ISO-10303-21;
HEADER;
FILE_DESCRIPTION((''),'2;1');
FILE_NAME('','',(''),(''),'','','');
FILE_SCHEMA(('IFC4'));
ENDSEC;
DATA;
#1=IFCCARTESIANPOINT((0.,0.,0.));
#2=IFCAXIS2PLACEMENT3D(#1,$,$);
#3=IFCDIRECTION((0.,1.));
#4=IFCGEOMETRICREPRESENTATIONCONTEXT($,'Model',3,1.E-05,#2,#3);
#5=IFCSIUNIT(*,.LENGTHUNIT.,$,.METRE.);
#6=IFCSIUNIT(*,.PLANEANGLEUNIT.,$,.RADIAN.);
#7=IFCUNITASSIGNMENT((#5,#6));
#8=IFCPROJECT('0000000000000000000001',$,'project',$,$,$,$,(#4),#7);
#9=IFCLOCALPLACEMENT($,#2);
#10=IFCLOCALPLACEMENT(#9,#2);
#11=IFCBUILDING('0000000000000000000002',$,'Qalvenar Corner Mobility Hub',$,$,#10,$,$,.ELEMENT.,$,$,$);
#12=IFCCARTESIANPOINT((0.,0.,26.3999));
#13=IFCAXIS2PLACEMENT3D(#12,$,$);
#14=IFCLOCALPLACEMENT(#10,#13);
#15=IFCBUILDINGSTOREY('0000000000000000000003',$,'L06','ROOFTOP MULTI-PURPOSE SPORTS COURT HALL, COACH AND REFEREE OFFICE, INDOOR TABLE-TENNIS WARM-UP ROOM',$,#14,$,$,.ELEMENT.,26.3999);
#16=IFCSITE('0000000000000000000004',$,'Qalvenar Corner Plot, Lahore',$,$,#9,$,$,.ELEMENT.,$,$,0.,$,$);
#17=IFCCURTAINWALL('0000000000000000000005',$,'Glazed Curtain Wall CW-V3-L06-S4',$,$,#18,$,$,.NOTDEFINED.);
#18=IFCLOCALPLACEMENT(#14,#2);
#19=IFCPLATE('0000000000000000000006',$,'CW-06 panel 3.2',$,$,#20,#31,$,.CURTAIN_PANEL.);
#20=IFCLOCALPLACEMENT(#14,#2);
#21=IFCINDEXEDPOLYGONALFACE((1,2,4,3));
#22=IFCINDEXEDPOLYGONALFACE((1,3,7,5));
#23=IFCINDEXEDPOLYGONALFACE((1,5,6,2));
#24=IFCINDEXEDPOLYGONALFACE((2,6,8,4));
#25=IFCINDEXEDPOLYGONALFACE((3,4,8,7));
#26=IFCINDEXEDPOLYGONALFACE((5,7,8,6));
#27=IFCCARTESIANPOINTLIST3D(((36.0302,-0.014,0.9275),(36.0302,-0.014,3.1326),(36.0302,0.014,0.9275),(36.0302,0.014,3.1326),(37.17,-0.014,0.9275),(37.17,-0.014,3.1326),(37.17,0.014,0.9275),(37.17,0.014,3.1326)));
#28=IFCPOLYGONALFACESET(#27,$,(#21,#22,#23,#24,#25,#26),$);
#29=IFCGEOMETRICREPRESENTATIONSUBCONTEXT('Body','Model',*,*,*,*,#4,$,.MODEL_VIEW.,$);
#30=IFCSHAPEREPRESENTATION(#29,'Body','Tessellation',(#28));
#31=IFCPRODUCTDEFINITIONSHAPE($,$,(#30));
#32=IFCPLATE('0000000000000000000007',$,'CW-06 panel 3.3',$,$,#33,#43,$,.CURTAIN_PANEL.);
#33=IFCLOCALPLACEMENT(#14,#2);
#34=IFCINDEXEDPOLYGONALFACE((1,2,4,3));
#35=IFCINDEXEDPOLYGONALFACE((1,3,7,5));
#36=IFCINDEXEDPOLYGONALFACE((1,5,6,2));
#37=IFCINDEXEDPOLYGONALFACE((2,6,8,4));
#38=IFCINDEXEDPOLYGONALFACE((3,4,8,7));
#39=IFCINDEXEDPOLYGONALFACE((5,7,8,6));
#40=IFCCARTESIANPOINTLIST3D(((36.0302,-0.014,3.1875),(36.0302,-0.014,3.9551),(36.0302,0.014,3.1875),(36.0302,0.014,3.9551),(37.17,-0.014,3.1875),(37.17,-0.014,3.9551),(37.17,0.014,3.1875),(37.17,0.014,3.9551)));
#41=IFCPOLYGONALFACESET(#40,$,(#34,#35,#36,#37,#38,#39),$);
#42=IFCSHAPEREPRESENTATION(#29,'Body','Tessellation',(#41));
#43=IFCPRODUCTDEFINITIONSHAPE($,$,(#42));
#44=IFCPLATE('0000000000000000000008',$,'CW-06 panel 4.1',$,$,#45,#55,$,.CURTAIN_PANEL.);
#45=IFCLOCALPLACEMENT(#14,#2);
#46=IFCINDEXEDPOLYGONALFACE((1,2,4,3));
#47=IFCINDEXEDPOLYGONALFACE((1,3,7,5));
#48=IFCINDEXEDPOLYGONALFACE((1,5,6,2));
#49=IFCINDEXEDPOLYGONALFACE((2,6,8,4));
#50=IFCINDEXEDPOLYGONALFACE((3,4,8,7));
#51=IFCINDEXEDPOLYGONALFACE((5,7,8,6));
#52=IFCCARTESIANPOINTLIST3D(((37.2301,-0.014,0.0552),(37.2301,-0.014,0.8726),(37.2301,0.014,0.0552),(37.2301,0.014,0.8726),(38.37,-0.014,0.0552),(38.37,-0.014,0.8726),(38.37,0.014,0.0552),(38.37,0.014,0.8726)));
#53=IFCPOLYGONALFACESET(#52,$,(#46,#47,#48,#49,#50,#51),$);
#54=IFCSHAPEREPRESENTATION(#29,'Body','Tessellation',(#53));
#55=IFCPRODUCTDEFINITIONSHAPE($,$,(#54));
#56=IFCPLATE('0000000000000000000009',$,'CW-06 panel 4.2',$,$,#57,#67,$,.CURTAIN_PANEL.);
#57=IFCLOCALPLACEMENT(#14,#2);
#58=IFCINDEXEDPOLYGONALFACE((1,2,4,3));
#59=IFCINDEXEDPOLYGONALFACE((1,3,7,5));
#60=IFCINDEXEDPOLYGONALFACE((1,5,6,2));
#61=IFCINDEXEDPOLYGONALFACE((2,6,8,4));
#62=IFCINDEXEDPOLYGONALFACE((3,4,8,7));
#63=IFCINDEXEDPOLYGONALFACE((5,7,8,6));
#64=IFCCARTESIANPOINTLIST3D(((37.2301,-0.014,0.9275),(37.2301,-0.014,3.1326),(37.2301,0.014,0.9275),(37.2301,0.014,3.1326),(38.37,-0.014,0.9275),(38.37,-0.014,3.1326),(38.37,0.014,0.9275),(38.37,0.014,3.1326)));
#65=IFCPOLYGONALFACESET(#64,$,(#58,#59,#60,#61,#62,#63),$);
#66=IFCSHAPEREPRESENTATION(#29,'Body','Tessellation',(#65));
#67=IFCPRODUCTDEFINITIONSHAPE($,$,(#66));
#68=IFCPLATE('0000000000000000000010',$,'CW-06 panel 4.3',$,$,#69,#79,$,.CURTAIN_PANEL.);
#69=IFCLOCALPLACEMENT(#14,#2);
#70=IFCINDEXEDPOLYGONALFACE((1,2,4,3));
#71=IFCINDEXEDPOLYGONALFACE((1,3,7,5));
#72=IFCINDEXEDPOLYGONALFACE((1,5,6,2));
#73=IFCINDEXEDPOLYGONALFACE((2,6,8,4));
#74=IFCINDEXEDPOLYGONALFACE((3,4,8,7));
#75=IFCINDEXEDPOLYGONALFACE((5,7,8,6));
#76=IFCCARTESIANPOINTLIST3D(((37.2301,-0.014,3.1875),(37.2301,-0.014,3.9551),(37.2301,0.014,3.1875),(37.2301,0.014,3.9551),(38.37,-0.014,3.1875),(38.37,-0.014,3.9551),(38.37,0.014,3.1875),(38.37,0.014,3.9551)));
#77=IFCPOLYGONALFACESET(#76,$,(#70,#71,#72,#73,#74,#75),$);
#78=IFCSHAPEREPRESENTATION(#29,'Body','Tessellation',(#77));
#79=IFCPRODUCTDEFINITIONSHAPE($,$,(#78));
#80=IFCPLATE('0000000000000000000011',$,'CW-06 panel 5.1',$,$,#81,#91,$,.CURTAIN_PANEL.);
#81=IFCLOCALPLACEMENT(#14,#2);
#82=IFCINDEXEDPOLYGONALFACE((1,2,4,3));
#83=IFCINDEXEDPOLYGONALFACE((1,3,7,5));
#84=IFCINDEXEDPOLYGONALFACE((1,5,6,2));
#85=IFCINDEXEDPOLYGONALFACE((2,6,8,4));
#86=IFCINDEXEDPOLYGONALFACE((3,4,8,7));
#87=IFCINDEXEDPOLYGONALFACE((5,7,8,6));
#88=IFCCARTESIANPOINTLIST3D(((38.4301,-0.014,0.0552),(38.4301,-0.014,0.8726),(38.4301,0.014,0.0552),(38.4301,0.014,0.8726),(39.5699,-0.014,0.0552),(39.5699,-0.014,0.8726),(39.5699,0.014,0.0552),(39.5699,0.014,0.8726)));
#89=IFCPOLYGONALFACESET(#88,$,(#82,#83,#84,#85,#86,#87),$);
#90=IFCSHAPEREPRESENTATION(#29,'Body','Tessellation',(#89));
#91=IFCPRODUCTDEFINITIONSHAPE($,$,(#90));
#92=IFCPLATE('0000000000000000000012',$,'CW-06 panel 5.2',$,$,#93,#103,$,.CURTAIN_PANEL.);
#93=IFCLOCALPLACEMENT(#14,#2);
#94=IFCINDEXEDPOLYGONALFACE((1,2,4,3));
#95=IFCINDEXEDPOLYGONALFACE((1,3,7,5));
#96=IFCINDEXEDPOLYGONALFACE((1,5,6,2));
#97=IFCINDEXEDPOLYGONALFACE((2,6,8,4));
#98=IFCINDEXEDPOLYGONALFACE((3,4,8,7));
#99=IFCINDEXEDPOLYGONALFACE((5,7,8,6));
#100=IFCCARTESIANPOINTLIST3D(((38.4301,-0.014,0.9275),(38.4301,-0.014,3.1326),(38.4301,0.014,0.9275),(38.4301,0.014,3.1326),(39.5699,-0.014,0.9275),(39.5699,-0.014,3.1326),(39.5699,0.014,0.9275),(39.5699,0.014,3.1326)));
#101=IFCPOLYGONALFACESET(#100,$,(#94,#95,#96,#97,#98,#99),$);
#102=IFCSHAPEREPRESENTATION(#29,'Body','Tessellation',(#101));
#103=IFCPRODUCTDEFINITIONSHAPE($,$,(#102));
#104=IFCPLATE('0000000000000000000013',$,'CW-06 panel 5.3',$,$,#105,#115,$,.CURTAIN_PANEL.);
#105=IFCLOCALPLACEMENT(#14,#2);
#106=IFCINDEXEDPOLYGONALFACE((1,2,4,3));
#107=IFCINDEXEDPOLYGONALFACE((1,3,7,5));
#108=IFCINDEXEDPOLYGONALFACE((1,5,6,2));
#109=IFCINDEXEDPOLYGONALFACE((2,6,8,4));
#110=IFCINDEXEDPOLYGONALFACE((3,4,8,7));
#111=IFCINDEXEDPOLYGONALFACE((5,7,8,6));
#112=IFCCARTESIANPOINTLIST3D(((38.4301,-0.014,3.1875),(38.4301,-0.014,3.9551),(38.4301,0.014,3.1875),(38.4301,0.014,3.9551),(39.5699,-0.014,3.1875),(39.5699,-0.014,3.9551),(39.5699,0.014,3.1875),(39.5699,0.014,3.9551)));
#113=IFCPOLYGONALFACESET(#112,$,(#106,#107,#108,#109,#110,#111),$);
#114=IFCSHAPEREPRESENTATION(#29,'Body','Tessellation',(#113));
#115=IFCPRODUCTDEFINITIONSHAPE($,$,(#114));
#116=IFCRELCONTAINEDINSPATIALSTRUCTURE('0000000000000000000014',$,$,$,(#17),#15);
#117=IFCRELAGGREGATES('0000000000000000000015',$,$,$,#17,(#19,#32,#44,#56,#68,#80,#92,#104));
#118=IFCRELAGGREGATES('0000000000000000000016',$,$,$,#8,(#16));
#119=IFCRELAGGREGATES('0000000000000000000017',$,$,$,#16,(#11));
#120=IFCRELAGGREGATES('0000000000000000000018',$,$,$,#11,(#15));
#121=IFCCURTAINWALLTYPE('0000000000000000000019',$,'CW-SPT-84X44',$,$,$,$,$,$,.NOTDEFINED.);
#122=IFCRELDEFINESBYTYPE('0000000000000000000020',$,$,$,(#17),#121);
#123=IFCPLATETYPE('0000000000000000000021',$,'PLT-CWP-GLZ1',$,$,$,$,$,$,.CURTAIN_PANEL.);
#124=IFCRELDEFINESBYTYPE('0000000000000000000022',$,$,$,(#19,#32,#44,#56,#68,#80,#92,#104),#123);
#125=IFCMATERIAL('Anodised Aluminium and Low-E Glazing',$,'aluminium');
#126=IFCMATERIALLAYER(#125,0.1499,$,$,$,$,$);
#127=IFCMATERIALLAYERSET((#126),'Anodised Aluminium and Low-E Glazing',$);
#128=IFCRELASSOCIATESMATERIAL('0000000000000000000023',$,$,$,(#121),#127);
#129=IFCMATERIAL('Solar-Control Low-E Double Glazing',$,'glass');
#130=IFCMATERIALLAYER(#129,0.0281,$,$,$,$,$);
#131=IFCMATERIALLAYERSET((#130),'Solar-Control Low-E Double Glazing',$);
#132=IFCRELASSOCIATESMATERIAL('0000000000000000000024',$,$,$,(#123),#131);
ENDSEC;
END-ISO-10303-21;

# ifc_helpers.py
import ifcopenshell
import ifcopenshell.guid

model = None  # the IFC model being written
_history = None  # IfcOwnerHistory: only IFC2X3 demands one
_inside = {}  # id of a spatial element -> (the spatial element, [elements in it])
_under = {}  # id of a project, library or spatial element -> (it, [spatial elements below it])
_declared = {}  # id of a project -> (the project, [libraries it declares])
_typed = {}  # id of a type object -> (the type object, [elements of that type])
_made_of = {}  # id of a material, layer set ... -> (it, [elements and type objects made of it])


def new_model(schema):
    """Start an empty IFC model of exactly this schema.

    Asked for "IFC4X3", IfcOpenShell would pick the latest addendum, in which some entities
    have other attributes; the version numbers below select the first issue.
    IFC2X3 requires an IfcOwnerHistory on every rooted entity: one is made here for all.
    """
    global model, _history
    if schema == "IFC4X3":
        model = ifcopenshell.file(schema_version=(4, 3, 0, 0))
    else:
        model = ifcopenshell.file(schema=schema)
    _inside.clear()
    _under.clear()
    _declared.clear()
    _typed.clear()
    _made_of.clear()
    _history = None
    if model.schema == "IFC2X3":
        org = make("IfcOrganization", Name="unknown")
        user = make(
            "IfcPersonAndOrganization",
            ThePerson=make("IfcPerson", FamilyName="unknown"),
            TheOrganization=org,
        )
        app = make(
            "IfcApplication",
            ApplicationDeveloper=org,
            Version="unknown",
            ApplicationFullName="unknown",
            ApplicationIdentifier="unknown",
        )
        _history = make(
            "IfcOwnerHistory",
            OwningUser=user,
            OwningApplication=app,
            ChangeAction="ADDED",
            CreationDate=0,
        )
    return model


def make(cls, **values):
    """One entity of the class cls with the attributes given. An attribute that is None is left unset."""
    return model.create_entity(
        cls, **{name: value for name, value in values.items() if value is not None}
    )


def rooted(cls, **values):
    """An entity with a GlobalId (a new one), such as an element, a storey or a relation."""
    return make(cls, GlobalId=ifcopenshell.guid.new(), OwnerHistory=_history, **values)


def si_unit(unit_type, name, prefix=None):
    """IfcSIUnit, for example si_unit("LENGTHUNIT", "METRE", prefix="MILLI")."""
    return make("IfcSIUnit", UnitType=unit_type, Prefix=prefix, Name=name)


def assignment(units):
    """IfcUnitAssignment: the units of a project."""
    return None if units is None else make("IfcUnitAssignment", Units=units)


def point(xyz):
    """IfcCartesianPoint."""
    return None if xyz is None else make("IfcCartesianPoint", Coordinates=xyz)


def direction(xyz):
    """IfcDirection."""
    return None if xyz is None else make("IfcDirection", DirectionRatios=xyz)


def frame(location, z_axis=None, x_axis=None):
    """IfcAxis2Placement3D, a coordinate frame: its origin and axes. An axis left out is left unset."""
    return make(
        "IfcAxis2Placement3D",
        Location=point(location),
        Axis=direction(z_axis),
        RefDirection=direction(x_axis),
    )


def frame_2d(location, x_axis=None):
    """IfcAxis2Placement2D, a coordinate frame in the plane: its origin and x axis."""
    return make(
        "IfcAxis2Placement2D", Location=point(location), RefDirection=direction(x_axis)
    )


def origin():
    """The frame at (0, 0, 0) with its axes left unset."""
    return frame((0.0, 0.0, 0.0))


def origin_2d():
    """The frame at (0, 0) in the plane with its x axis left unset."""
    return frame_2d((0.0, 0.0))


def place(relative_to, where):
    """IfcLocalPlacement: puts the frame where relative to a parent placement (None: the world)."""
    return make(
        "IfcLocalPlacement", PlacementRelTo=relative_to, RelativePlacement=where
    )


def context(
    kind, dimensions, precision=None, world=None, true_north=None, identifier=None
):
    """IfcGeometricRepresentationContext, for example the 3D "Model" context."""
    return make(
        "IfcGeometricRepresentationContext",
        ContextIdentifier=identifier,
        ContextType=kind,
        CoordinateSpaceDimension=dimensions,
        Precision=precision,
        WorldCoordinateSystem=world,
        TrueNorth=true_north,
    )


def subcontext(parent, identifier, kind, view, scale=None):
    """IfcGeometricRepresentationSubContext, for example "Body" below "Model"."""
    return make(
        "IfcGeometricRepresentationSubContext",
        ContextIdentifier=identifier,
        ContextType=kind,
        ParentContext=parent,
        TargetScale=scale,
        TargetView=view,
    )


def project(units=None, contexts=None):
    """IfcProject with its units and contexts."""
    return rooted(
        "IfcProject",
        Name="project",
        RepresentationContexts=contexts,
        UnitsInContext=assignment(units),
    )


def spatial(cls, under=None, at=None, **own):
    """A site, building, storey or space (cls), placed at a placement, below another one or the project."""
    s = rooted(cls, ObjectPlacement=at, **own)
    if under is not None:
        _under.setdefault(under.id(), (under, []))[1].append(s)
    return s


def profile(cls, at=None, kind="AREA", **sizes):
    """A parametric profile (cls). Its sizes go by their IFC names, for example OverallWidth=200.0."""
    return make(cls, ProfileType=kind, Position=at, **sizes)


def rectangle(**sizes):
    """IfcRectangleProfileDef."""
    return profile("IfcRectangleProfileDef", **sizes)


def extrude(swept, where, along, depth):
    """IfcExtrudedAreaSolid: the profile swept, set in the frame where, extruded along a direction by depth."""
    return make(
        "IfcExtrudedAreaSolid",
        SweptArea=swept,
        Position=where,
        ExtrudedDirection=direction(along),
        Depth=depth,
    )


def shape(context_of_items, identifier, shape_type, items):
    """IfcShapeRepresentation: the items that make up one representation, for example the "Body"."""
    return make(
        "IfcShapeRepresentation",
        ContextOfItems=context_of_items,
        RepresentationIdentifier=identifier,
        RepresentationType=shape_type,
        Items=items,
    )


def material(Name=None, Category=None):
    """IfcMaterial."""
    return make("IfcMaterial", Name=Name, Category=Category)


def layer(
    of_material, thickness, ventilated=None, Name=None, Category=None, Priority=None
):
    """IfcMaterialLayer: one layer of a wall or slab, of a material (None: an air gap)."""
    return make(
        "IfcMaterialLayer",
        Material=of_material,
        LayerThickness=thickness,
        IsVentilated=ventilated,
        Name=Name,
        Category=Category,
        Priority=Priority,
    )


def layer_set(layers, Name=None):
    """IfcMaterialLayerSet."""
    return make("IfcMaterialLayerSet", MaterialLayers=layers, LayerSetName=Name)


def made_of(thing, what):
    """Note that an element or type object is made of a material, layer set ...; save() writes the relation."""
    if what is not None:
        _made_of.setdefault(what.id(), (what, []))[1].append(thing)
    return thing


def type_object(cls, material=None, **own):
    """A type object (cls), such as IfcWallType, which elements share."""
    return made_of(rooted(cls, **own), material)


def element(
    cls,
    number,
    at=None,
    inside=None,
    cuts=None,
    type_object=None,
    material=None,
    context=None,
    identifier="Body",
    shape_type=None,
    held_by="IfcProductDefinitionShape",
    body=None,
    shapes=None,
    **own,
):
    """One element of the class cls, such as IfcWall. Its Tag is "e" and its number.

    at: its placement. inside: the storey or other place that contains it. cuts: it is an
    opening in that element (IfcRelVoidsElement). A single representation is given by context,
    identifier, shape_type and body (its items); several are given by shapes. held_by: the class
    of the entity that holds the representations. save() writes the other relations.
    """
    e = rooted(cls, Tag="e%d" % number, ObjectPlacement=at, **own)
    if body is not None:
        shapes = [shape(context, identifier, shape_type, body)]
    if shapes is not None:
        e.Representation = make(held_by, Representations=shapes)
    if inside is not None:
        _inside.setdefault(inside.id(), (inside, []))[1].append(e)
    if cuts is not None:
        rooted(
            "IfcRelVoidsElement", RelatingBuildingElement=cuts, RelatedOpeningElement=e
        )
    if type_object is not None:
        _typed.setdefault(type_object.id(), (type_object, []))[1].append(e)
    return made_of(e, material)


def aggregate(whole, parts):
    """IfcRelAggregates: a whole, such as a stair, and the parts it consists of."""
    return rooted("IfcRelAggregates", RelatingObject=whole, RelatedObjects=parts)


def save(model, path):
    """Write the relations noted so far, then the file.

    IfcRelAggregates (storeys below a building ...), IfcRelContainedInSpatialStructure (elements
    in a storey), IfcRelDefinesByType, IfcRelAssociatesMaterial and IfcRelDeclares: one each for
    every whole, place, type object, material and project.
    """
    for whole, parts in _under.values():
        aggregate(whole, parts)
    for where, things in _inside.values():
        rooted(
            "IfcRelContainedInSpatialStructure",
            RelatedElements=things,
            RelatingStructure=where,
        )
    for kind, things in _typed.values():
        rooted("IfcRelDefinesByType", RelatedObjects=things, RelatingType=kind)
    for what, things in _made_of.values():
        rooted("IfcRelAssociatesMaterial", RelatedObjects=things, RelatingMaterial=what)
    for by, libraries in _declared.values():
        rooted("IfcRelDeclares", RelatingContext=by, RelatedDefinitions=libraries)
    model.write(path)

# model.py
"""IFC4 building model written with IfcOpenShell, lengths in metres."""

from ifc_helpers import new_model, si_unit, direction, frame, origin, origin_2d, place, context, subcontext, project, spatial, rectangle, extrude, material, layer, layer_set, type_object, element, aggregate, save


model = new_model("IFC4")

# Units and contexts
model_context = context("Model", 3, precision=1e-05, world=origin(), true_north=direction((0.0, 1.0)))
body_context = subcontext(model_context, "Body", "Model", "MODEL_VIEW")
ifc_project = project(units=[si_unit("LENGTHUNIT", "METRE"), si_unit("PLANEANGLEUNIT", "RADIAN")], contexts=[model_context])

# Site, building, storey
site_placement = place(None, origin())
site = spatial("IfcSite", under=ifc_project, at=site_placement, Name="Qalvenar Corner Plot, Lahore", CompositionType="ELEMENT", RefElevation=0.0)
building_placement = place(site_placement, origin())
building = spatial("IfcBuilding", under=site, at=building_placement, Name="Qalvenar Corner Mobility Hub", CompositionType="ELEMENT")
storey_placement = place(building_placement, frame((0.0, 0.0, 26.3999)))
storey = spatial("IfcBuildingStorey", under=building, at=storey_placement, Name="L06", Description="ROOFTOP MULTI-PURPOSE SPORTS COURT HALL, COACH AND REFEREE OFFICE, INDOOR TABLE-TENNIS WARM-UP ROOM", CompositionType="ELEMENT", Elevation=26.3999)

# Curtain wall, plates
ifc_material_1 = material(Name="Anodised Aluminium and Low-E Glazing", Category="aluminium")
ifc_layer_1 = layer(ifc_material_1, 0.1499)
ifc_layer_set_1 = layer_set([ifc_layer_1], Name="Anodised Aluminium and Low-E Glazing")
curtain_wall_type = type_object("IfcCurtainWallType", Name="CW-SPT-84X44", PredefinedType="NOTDEFINED", material=ifc_layer_set_1)
curtain_wall_placement = place(storey_placement, origin())
curtain_wall = element("IfcCurtainWall", 1, at=curtain_wall_placement, inside=storey, type_object=curtain_wall_type, Name="Glazed Curtain Wall CW-V3-L06-S4", PredefinedType="NOTDEFINED")
ifc_material_2 = material(Name="Solar-Control Low-E Double Glazing", Category="glass")
ifc_layer_2 = layer(ifc_material_2, 0.0281)
ifc_layer_set_2 = layer_set([ifc_layer_2], Name="Solar-Control Low-E Double Glazing")
plate_type = type_object("IfcPlateType", Name="PLT-CWP-GLZ1", PredefinedType="CURTAIN_PANEL", material=ifc_layer_set_2)
plate_1_placement = place(storey_placement, frame((36.6001, 0.0, 0.9275), z_axis=(0.0, 0.0, 1.0), x_axis=(1.0, 0.0, 0.0)))
plate_1 = element("IfcPlate", 2, at=plate_1_placement, type_object=plate_type, Name="CW-06 panel 3.2", PredefinedType="CURTAIN_PANEL", context=body_context, shape_type="SweptSolid", body=[
    extrude(rectangle(XDim=1.1399, YDim=0.0281, at=origin_2d()), origin(), (0.0, 0.0, 1.0), 2.2051),
])
plate_2_placement = place(storey_placement, frame((36.6001, 0.0, 3.1875), z_axis=(0.0, 0.0, 1.0), x_axis=(1.0, 0.0, 0.0)))
plate_2 = element("IfcPlate", 3, at=plate_2_placement, type_object=plate_type, Name="CW-06 panel 3.3", PredefinedType="CURTAIN_PANEL", context=body_context, shape_type="SweptSolid", body=[
    extrude(rectangle(XDim=1.1399, YDim=0.0281, at=origin_2d()), origin(), (0.0, 0.0, 1.0), 0.7676),
])
plate_3_placement = place(storey_placement, frame((37.8, 0.0, 0.0552), z_axis=(0.0, 0.0, 1.0), x_axis=(1.0, 0.0, 0.0)))
plate_3 = element("IfcPlate", 4, at=plate_3_placement, type_object=plate_type, Name="CW-06 panel 4.1", PredefinedType="CURTAIN_PANEL", context=body_context, shape_type="SweptSolid", body=[
    extrude(rectangle(XDim=1.1399, YDim=0.0281, at=origin_2d()), origin(), (0.0, 0.0, 1.0), 0.8174),
])
plate_4_placement = place(storey_placement, frame((37.8, 0.0, 0.9275), z_axis=(0.0, 0.0, 1.0), x_axis=(1.0, 0.0, 0.0)))
plate_4 = element("IfcPlate", 5, at=plate_4_placement, type_object=plate_type, Name="CW-06 panel 4.2", PredefinedType="CURTAIN_PANEL", context=body_context, shape_type="SweptSolid", body=[
    extrude(rectangle(XDim=1.1399, YDim=0.0281, at=origin_2d()), origin(), (0.0, 0.0, 1.0), 2.2051),
])
plate_5_placement = place(storey_placement, frame((37.8, 0.0, 3.1875), z_axis=(0.0, 0.0, 1.0), x_axis=(1.0, 0.0, 0.0)))
plate_5 = element("IfcPlate", 6, at=plate_5_placement, type_object=plate_type, Name="CW-06 panel 4.3", PredefinedType="CURTAIN_PANEL", context=body_context, shape_type="SweptSolid", body=[
    extrude(rectangle(XDim=1.1399, YDim=0.0281, at=origin_2d()), origin(), (0.0, 0.0, 1.0), 0.7676),
])
plate_6_placement = place(storey_placement, frame((39.0, 0.0, 0.0552), z_axis=(0.0, 0.0, 1.0), x_axis=(1.0, 0.0, 0.0)))
plate_6 = element("IfcPlate", 7, at=plate_6_placement, type_object=plate_type, Name="CW-06 panel 5.1", PredefinedType="CURTAIN_PANEL", context=body_context, shape_type="SweptSolid", body=[
    extrude(rectangle(XDim=1.1399, YDim=0.0281, at=origin_2d()), origin(), (0.0, 0.0, 1.0), 0.8174),
])
plate_7_placement = place(storey_placement, frame((39.0, 0.0, 0.9275), z_axis=(0.0, 0.0, 1.0), x_axis=(1.0, 0.0, 0.0)))
plate_7 = element("IfcPlate", 8, at=plate_7_placement, type_object=plate_type, Name="CW-06 panel 5.2", PredefinedType="CURTAIN_PANEL", context=body_context, shape_type="SweptSolid", body=[
    extrude(rectangle(XDim=1.1399, YDim=0.0281, at=origin_2d()), origin(), (0.0, 0.0, 1.0), 2.2051),
])
plate_8_placement = place(storey_placement, frame((39.0, 0.0, 3.1875), z_axis=(0.0, 0.0, 1.0), x_axis=(1.0, 0.0, 0.0)))
plate_8 = element("IfcPlate", 9, at=plate_8_placement, type_object=plate_type, Name="CW-06 panel 5.3", PredefinedType="CURTAIN_PANEL", context=body_context, shape_type="SweptSolid", body=[
    extrude(rectangle(XDim=1.1399, YDim=0.0281, at=origin_2d()), origin(), (0.0, 0.0, 1.0), 0.7676),
])
aggregate(curtain_wall, [plate_1, plate_2, plate_3, plate_4, plate_5, plate_6, plate_7, plate_8])

save(model, "model.ifc")
